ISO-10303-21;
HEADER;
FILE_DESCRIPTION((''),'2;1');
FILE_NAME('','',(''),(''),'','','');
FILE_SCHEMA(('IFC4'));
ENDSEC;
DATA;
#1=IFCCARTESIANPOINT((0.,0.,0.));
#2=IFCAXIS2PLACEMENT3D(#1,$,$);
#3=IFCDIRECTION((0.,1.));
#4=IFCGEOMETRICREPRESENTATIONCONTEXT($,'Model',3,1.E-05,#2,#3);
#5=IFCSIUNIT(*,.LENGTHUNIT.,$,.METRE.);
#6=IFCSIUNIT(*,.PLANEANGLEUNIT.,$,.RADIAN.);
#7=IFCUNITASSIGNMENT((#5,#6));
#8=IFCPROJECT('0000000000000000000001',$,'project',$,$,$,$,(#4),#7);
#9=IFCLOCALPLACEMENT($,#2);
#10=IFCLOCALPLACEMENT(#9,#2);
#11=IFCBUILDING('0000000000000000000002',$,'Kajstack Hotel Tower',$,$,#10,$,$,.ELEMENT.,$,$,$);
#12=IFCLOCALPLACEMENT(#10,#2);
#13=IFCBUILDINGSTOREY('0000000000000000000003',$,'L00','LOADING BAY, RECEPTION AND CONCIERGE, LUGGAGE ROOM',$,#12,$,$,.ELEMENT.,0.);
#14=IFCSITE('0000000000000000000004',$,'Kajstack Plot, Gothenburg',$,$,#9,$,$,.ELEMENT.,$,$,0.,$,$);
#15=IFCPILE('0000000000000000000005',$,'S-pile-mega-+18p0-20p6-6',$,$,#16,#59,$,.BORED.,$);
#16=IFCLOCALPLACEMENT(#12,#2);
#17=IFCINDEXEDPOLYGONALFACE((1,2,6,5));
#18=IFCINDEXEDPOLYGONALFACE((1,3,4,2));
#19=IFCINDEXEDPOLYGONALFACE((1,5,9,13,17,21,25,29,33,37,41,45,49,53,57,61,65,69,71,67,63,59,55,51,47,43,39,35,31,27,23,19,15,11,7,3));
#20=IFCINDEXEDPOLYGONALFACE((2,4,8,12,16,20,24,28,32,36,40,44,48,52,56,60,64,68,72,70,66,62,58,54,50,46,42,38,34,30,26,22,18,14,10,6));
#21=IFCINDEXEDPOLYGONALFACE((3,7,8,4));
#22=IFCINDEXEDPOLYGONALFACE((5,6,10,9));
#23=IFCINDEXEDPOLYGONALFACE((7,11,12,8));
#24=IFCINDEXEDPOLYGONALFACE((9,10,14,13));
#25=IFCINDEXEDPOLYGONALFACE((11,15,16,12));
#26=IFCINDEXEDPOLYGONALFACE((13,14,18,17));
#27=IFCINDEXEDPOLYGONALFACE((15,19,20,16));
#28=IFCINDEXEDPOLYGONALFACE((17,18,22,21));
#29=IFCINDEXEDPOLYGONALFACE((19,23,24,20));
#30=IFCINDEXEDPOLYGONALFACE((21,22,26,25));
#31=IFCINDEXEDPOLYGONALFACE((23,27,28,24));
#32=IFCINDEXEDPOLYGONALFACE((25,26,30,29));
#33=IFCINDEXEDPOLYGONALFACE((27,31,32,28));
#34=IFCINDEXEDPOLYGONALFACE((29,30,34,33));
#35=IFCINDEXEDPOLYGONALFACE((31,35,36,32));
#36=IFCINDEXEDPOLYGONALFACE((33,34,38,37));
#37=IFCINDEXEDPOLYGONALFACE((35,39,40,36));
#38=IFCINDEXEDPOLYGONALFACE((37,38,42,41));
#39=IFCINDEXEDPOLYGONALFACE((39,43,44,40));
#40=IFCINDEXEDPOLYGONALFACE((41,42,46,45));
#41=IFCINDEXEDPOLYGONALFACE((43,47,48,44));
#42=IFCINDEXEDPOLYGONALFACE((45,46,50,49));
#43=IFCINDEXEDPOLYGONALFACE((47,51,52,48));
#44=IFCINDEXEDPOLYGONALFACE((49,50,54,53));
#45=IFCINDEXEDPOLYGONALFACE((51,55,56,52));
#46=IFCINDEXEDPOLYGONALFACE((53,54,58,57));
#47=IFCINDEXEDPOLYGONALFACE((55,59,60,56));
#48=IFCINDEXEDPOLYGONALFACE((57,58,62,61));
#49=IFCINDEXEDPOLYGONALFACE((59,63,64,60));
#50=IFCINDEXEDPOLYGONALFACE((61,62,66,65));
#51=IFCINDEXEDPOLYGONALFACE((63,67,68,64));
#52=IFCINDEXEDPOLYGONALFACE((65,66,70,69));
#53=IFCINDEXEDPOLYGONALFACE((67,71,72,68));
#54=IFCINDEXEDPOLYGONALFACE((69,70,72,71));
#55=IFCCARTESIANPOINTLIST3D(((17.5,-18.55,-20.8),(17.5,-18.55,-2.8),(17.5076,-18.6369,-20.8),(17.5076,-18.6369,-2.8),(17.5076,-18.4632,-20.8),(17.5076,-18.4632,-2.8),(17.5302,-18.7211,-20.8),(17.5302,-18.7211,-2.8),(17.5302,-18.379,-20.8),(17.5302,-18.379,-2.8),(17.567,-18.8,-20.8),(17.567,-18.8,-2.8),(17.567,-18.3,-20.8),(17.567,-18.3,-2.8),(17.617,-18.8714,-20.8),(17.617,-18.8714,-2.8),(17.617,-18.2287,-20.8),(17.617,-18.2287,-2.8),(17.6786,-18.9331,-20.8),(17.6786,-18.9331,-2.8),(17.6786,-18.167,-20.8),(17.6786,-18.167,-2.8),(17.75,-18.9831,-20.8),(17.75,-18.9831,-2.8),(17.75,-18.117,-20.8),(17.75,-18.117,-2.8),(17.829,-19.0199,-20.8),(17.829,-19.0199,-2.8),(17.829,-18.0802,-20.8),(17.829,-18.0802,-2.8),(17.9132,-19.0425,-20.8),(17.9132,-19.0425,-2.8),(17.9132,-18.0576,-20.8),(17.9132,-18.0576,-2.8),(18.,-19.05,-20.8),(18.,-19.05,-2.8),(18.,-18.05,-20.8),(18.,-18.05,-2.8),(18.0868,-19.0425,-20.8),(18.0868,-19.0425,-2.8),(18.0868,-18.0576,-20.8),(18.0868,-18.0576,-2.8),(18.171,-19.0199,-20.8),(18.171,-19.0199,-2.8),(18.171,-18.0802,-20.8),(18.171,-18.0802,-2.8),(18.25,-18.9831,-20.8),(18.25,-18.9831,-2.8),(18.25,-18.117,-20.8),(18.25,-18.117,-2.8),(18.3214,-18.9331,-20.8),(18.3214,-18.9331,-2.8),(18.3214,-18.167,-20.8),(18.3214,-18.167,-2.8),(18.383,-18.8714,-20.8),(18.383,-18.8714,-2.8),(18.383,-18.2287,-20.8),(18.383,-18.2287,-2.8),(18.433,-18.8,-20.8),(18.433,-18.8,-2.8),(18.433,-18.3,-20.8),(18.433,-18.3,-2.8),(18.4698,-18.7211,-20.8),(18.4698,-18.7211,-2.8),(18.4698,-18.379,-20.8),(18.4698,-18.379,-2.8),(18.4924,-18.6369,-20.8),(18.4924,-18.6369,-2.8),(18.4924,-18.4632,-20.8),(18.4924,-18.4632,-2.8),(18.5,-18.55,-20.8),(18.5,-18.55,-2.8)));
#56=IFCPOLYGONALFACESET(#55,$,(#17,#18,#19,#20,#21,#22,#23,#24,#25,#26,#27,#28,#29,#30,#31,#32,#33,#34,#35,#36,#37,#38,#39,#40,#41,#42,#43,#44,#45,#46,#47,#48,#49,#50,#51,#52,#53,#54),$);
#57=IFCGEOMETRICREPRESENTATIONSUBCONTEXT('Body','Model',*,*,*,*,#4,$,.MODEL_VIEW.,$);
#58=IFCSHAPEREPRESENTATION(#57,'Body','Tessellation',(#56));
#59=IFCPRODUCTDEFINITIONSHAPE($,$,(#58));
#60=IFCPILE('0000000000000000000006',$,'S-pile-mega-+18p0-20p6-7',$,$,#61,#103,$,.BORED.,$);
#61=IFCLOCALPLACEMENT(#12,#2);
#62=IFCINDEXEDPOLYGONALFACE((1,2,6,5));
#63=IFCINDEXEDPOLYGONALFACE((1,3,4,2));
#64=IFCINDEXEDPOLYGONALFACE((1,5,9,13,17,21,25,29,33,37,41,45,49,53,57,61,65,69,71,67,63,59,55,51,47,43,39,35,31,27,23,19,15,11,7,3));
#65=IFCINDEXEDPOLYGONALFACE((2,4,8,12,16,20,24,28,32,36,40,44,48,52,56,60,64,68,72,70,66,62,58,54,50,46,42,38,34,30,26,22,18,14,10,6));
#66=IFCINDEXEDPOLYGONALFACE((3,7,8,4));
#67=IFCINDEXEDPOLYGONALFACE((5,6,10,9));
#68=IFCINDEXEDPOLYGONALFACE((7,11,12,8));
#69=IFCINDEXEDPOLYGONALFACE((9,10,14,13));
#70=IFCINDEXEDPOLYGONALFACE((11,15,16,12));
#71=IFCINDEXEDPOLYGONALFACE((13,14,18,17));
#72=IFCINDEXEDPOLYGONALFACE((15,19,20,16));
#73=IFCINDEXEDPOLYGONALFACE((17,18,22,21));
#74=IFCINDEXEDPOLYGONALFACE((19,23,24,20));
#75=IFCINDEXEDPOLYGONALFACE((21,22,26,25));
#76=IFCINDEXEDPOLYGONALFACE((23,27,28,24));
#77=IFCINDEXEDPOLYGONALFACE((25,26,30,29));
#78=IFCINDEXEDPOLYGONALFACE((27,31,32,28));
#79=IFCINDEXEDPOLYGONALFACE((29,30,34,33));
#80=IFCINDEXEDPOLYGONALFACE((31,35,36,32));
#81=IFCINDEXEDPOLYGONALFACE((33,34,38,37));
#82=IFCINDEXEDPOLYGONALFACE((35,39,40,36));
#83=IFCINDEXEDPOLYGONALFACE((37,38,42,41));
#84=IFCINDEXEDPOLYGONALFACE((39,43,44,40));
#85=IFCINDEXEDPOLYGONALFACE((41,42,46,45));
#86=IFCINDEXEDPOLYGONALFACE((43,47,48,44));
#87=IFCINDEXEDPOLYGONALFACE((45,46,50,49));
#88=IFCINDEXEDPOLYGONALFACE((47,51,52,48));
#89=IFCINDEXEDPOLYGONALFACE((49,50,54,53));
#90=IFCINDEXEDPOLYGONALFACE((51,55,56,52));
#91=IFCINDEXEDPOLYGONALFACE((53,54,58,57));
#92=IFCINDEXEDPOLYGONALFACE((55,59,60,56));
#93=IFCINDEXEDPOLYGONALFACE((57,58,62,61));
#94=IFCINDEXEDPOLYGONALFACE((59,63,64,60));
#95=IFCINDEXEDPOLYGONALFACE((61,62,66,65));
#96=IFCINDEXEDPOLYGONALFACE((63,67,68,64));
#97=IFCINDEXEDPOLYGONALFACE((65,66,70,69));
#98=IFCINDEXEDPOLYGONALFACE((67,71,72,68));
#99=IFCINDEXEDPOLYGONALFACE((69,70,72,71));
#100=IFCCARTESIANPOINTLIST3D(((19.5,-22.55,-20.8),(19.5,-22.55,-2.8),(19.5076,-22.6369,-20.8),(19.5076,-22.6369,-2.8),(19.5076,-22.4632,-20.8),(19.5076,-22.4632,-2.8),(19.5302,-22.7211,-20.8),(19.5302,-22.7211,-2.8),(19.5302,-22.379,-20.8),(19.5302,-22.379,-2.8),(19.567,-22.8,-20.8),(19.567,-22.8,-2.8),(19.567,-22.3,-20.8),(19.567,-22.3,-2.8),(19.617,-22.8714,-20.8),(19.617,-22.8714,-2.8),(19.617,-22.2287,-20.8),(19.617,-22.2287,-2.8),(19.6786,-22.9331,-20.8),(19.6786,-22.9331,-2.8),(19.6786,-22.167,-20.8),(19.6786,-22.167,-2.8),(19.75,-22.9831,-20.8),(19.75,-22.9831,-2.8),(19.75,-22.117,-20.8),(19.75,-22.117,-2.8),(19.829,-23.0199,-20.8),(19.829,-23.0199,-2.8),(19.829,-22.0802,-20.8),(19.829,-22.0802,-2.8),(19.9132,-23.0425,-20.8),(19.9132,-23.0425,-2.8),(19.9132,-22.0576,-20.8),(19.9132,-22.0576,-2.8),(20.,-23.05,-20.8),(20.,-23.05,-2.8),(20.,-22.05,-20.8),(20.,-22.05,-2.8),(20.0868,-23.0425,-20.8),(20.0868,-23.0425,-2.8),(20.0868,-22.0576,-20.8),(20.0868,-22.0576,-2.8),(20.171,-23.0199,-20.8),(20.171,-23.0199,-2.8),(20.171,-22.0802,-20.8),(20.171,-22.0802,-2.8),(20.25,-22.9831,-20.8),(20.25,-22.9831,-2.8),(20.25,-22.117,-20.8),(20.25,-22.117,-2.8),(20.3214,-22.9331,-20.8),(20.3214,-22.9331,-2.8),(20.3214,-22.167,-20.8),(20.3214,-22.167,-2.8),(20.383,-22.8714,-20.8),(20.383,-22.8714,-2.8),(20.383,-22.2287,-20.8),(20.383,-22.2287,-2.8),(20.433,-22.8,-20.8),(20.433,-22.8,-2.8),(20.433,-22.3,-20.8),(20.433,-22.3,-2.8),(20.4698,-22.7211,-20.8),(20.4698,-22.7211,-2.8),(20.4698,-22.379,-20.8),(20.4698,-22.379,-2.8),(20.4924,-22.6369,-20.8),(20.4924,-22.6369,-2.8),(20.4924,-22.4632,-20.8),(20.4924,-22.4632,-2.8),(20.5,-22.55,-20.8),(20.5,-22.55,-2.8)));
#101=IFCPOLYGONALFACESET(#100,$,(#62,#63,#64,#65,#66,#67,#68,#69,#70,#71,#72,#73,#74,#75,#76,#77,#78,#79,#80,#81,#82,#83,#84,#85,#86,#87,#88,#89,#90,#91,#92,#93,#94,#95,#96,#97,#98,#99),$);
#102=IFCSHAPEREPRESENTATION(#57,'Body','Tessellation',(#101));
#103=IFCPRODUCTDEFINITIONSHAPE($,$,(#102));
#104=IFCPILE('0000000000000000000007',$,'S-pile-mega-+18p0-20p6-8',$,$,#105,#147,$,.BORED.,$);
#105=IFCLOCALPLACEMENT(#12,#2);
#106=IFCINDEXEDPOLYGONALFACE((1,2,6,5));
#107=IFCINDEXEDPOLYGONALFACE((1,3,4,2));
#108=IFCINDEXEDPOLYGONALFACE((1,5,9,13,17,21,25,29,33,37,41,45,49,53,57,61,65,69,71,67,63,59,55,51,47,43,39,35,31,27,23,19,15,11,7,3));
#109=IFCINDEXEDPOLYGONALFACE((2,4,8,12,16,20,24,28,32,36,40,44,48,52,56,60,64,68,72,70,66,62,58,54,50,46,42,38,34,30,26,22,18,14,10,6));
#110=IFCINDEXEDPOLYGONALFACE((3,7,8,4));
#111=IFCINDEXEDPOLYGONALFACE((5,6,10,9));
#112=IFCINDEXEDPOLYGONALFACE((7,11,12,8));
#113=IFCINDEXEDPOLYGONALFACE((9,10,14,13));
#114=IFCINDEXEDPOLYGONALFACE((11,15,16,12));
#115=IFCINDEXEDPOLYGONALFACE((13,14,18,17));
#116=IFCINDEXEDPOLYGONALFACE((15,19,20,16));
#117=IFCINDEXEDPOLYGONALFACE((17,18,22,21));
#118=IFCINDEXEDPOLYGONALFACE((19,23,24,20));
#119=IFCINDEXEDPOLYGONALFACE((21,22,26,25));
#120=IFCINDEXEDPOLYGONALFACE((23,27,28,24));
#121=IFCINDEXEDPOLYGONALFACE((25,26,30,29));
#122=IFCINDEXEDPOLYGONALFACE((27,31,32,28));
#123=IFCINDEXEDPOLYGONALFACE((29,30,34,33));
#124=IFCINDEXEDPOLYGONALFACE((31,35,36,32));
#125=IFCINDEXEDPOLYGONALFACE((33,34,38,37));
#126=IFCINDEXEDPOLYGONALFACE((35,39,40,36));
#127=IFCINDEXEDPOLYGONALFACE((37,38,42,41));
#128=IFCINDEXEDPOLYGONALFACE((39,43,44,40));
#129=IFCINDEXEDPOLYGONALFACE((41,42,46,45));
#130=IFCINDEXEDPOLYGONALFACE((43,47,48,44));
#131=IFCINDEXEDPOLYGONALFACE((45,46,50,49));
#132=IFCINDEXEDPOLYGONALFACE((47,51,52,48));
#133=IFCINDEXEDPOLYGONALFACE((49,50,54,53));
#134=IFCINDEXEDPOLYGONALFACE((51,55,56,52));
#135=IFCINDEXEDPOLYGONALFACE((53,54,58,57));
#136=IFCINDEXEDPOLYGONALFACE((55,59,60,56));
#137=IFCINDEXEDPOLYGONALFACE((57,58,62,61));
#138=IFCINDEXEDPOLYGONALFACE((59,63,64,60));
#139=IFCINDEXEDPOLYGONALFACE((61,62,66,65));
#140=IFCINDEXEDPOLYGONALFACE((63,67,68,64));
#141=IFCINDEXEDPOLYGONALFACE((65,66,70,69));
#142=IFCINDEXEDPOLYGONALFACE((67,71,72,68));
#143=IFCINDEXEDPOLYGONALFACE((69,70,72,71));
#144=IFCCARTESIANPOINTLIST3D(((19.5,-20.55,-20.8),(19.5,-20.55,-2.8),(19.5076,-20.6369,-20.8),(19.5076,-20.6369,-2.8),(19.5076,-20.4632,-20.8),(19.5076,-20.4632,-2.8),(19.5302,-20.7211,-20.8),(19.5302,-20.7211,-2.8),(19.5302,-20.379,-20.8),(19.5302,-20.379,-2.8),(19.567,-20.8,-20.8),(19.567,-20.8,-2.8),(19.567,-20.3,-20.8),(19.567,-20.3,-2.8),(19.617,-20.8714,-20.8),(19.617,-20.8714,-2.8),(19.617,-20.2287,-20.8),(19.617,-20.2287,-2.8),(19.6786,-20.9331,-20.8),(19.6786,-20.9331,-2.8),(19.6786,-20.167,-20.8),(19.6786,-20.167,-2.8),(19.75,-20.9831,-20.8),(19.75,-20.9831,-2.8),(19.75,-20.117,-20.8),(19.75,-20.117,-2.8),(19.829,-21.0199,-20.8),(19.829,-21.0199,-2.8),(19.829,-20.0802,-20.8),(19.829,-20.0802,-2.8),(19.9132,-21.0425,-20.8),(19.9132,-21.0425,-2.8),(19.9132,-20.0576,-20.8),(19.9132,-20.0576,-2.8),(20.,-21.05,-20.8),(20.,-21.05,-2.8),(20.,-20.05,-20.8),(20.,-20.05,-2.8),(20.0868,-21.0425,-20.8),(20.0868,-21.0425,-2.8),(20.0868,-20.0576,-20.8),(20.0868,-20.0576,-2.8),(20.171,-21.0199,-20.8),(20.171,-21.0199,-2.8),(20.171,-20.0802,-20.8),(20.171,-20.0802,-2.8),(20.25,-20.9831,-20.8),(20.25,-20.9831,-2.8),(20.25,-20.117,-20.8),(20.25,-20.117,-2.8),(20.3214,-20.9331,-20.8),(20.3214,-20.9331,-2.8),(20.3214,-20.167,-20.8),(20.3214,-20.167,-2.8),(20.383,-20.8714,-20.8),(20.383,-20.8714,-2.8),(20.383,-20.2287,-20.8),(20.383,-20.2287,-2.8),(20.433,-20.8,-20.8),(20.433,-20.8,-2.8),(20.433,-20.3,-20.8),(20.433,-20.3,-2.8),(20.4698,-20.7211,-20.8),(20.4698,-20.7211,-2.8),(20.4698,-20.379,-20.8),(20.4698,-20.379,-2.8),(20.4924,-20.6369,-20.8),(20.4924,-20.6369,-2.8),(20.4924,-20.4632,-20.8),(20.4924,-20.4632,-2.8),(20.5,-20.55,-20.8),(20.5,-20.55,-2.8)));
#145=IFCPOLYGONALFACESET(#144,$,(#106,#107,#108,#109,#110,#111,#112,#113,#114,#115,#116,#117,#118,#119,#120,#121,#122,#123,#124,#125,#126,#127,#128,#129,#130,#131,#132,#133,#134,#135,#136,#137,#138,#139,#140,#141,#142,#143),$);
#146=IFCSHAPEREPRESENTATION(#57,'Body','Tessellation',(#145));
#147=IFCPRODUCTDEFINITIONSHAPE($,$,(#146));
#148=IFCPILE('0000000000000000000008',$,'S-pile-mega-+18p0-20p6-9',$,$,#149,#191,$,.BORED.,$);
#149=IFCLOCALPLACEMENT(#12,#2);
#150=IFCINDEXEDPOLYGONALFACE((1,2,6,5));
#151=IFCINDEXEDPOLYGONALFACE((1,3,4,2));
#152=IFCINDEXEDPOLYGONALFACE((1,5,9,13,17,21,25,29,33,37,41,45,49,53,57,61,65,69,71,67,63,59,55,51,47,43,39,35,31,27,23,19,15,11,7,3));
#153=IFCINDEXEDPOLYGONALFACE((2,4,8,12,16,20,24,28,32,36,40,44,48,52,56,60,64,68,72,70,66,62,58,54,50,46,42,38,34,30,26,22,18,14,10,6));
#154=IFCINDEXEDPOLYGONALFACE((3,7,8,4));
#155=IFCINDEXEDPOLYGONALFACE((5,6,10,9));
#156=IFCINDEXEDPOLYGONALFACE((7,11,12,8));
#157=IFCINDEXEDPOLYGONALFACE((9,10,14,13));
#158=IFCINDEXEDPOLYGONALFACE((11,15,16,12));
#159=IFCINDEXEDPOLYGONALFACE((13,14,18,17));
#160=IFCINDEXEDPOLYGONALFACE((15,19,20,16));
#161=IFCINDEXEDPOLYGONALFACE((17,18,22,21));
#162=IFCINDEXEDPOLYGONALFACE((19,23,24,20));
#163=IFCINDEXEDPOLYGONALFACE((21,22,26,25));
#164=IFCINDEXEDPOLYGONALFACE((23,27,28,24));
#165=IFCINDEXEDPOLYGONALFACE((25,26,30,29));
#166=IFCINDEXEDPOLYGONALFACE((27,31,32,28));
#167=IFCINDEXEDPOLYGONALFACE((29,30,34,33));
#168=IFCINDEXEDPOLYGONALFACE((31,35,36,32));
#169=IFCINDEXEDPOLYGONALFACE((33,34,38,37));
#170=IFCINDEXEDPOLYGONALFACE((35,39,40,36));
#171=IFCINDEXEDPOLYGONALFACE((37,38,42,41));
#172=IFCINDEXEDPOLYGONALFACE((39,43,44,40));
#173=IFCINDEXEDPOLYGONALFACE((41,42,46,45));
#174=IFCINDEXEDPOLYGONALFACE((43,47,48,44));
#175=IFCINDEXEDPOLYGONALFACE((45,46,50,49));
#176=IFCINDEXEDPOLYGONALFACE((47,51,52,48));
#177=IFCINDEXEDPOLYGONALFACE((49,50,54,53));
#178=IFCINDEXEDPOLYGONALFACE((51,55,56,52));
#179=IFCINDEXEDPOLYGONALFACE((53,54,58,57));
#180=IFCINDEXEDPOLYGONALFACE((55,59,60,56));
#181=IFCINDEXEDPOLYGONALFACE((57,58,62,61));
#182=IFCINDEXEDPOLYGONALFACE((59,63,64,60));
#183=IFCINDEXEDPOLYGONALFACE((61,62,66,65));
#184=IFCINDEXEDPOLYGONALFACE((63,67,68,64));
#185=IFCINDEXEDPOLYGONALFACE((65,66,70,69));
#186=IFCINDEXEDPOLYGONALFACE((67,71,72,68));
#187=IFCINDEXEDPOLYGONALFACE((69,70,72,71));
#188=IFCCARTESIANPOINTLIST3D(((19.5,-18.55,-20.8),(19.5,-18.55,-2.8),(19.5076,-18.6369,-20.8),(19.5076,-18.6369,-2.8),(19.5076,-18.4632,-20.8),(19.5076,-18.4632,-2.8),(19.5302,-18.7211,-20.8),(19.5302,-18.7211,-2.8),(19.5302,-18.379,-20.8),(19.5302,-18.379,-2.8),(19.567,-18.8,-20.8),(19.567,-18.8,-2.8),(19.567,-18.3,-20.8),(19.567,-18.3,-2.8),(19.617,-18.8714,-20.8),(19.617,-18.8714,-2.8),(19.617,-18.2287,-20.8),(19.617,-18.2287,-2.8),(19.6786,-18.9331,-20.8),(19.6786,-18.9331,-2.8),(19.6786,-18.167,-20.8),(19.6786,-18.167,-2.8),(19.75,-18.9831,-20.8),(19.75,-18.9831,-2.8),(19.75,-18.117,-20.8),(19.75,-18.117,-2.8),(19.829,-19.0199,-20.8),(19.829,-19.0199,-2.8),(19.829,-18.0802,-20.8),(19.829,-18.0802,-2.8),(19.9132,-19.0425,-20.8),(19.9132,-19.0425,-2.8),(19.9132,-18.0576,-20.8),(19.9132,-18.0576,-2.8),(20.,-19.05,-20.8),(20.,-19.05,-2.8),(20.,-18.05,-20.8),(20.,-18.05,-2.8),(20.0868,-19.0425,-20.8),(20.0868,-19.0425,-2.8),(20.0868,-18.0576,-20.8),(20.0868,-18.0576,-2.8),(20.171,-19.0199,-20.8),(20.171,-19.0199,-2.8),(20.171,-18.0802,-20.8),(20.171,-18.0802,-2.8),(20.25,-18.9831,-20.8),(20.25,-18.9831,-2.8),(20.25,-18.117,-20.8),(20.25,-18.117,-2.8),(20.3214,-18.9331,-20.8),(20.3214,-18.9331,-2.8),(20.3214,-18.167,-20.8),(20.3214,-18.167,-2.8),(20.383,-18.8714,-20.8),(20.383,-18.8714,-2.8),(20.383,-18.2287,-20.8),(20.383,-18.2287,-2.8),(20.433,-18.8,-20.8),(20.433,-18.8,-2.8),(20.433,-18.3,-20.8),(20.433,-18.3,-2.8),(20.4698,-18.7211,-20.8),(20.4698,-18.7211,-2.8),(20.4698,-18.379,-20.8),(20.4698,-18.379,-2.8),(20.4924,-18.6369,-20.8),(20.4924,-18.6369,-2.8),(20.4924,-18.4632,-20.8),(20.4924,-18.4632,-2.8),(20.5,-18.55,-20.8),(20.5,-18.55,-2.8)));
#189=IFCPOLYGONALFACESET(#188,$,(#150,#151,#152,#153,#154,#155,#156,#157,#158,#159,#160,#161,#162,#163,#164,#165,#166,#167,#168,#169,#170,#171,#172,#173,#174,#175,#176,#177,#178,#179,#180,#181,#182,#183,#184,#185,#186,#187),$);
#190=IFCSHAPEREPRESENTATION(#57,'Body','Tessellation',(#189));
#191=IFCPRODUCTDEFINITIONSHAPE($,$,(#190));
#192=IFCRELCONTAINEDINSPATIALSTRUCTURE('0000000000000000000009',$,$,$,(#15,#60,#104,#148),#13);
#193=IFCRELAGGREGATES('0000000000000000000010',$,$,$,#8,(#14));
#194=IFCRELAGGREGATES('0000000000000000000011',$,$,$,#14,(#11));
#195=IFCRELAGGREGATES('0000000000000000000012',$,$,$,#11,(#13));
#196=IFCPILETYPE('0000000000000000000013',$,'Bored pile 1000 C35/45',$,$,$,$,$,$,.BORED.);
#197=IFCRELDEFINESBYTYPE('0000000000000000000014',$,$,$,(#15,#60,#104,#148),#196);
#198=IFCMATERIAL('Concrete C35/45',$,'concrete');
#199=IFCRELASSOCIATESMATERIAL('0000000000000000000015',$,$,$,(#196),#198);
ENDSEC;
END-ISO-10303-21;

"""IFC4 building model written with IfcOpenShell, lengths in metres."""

from ifc_helpers import new_model, si_unit, direction, frame, origin, origin_2d, place, context, subcontext, project, spatial, circle, extrude, material, material_profile, profile_set, type_object, element, save


model = new_model("IFC4")

# Units and contexts
model_context = context("Model", 3, precision=1e-05, world=origin(), true_north=direction((0.0, 1.0)))
body_context = subcontext(model_context, "Body", "Model", "MODEL_VIEW")
ifc_project = project(units=[si_unit("LENGTHUNIT", "METRE"), si_unit("PLANEANGLEUNIT", "RADIAN")], contexts=[model_context])

# Site, building, storey
site_placement = place(None, origin())
site = spatial("IfcSite", under=ifc_project, at=site_placement, Name="Kajstack Plot, Gothenburg", CompositionType="ELEMENT", RefElevation=0.0)
building_placement = place(site_placement, origin())
building = spatial("IfcBuilding", under=site, at=building_placement, Name="Kajstack Hotel Tower", CompositionType="ELEMENT")
storey_placement = place(building_placement, origin())
storey = spatial("IfcBuildingStorey", under=building, at=storey_placement, Name="L00", Description="LOADING BAY, RECEPTION AND CONCIERGE, LUGGAGE ROOM", CompositionType="ELEMENT", Elevation=0.0)

# Piles
ifc_material_1 = material(Name="Concrete C35/45", Category="concrete")
ifc_material_profile_1 = material_profile(ifc_material_1, circle(Radius=0.5, at=origin_2d()), Name="RC round 1000")
ifc_profile_set_1 = profile_set([ifc_material_profile_1], Name="Concrete C35/45")
pile_type_1 = type_object("IfcPileType", Name="Bored pile 1000 C35/45", PredefinedType="BORED", material=ifc_profile_set_1)
for number, where, z_axis, x_axis, name in (
    (1, (18.0, -18.55, -2.8), (0.0, 0.0, -1.0), (1.0, 0.0, 0.0), "S-pile-mega-+18p0-20p6-6"),
    (2, (20.0, -22.55, -2.8), (0.0, 0.0, -1.0), (1.0, 0.0, 0.0), "S-pile-mega-+18p0-20p6-7"),
    (3, (20.0, -20.55, -2.8), (0.0, 0.0, -1.0), (1.0, 0.0, 0.0), "S-pile-mega-+18p0-20p6-8"),
    (4, (20.0, -18.55, -2.8), (0.0, 0.0, -1.0), (1.0, 0.0, 0.0), "S-pile-mega-+18p0-20p6-9"),
):
    element("IfcPile", number, at=place(storey_placement, frame(where, z_axis=z_axis, x_axis=x_axis)), inside=storey, type_object=pile_type_1, Name=name, PredefinedType="BORED", context=body_context, shape_type="SweptSolid", body=[
        extrude(circle(Radius=0.5, at=origin_2d()), origin(), (0.0, 0.0, 1.0), 18.0),
    ])

save(model, "model.ifc")
